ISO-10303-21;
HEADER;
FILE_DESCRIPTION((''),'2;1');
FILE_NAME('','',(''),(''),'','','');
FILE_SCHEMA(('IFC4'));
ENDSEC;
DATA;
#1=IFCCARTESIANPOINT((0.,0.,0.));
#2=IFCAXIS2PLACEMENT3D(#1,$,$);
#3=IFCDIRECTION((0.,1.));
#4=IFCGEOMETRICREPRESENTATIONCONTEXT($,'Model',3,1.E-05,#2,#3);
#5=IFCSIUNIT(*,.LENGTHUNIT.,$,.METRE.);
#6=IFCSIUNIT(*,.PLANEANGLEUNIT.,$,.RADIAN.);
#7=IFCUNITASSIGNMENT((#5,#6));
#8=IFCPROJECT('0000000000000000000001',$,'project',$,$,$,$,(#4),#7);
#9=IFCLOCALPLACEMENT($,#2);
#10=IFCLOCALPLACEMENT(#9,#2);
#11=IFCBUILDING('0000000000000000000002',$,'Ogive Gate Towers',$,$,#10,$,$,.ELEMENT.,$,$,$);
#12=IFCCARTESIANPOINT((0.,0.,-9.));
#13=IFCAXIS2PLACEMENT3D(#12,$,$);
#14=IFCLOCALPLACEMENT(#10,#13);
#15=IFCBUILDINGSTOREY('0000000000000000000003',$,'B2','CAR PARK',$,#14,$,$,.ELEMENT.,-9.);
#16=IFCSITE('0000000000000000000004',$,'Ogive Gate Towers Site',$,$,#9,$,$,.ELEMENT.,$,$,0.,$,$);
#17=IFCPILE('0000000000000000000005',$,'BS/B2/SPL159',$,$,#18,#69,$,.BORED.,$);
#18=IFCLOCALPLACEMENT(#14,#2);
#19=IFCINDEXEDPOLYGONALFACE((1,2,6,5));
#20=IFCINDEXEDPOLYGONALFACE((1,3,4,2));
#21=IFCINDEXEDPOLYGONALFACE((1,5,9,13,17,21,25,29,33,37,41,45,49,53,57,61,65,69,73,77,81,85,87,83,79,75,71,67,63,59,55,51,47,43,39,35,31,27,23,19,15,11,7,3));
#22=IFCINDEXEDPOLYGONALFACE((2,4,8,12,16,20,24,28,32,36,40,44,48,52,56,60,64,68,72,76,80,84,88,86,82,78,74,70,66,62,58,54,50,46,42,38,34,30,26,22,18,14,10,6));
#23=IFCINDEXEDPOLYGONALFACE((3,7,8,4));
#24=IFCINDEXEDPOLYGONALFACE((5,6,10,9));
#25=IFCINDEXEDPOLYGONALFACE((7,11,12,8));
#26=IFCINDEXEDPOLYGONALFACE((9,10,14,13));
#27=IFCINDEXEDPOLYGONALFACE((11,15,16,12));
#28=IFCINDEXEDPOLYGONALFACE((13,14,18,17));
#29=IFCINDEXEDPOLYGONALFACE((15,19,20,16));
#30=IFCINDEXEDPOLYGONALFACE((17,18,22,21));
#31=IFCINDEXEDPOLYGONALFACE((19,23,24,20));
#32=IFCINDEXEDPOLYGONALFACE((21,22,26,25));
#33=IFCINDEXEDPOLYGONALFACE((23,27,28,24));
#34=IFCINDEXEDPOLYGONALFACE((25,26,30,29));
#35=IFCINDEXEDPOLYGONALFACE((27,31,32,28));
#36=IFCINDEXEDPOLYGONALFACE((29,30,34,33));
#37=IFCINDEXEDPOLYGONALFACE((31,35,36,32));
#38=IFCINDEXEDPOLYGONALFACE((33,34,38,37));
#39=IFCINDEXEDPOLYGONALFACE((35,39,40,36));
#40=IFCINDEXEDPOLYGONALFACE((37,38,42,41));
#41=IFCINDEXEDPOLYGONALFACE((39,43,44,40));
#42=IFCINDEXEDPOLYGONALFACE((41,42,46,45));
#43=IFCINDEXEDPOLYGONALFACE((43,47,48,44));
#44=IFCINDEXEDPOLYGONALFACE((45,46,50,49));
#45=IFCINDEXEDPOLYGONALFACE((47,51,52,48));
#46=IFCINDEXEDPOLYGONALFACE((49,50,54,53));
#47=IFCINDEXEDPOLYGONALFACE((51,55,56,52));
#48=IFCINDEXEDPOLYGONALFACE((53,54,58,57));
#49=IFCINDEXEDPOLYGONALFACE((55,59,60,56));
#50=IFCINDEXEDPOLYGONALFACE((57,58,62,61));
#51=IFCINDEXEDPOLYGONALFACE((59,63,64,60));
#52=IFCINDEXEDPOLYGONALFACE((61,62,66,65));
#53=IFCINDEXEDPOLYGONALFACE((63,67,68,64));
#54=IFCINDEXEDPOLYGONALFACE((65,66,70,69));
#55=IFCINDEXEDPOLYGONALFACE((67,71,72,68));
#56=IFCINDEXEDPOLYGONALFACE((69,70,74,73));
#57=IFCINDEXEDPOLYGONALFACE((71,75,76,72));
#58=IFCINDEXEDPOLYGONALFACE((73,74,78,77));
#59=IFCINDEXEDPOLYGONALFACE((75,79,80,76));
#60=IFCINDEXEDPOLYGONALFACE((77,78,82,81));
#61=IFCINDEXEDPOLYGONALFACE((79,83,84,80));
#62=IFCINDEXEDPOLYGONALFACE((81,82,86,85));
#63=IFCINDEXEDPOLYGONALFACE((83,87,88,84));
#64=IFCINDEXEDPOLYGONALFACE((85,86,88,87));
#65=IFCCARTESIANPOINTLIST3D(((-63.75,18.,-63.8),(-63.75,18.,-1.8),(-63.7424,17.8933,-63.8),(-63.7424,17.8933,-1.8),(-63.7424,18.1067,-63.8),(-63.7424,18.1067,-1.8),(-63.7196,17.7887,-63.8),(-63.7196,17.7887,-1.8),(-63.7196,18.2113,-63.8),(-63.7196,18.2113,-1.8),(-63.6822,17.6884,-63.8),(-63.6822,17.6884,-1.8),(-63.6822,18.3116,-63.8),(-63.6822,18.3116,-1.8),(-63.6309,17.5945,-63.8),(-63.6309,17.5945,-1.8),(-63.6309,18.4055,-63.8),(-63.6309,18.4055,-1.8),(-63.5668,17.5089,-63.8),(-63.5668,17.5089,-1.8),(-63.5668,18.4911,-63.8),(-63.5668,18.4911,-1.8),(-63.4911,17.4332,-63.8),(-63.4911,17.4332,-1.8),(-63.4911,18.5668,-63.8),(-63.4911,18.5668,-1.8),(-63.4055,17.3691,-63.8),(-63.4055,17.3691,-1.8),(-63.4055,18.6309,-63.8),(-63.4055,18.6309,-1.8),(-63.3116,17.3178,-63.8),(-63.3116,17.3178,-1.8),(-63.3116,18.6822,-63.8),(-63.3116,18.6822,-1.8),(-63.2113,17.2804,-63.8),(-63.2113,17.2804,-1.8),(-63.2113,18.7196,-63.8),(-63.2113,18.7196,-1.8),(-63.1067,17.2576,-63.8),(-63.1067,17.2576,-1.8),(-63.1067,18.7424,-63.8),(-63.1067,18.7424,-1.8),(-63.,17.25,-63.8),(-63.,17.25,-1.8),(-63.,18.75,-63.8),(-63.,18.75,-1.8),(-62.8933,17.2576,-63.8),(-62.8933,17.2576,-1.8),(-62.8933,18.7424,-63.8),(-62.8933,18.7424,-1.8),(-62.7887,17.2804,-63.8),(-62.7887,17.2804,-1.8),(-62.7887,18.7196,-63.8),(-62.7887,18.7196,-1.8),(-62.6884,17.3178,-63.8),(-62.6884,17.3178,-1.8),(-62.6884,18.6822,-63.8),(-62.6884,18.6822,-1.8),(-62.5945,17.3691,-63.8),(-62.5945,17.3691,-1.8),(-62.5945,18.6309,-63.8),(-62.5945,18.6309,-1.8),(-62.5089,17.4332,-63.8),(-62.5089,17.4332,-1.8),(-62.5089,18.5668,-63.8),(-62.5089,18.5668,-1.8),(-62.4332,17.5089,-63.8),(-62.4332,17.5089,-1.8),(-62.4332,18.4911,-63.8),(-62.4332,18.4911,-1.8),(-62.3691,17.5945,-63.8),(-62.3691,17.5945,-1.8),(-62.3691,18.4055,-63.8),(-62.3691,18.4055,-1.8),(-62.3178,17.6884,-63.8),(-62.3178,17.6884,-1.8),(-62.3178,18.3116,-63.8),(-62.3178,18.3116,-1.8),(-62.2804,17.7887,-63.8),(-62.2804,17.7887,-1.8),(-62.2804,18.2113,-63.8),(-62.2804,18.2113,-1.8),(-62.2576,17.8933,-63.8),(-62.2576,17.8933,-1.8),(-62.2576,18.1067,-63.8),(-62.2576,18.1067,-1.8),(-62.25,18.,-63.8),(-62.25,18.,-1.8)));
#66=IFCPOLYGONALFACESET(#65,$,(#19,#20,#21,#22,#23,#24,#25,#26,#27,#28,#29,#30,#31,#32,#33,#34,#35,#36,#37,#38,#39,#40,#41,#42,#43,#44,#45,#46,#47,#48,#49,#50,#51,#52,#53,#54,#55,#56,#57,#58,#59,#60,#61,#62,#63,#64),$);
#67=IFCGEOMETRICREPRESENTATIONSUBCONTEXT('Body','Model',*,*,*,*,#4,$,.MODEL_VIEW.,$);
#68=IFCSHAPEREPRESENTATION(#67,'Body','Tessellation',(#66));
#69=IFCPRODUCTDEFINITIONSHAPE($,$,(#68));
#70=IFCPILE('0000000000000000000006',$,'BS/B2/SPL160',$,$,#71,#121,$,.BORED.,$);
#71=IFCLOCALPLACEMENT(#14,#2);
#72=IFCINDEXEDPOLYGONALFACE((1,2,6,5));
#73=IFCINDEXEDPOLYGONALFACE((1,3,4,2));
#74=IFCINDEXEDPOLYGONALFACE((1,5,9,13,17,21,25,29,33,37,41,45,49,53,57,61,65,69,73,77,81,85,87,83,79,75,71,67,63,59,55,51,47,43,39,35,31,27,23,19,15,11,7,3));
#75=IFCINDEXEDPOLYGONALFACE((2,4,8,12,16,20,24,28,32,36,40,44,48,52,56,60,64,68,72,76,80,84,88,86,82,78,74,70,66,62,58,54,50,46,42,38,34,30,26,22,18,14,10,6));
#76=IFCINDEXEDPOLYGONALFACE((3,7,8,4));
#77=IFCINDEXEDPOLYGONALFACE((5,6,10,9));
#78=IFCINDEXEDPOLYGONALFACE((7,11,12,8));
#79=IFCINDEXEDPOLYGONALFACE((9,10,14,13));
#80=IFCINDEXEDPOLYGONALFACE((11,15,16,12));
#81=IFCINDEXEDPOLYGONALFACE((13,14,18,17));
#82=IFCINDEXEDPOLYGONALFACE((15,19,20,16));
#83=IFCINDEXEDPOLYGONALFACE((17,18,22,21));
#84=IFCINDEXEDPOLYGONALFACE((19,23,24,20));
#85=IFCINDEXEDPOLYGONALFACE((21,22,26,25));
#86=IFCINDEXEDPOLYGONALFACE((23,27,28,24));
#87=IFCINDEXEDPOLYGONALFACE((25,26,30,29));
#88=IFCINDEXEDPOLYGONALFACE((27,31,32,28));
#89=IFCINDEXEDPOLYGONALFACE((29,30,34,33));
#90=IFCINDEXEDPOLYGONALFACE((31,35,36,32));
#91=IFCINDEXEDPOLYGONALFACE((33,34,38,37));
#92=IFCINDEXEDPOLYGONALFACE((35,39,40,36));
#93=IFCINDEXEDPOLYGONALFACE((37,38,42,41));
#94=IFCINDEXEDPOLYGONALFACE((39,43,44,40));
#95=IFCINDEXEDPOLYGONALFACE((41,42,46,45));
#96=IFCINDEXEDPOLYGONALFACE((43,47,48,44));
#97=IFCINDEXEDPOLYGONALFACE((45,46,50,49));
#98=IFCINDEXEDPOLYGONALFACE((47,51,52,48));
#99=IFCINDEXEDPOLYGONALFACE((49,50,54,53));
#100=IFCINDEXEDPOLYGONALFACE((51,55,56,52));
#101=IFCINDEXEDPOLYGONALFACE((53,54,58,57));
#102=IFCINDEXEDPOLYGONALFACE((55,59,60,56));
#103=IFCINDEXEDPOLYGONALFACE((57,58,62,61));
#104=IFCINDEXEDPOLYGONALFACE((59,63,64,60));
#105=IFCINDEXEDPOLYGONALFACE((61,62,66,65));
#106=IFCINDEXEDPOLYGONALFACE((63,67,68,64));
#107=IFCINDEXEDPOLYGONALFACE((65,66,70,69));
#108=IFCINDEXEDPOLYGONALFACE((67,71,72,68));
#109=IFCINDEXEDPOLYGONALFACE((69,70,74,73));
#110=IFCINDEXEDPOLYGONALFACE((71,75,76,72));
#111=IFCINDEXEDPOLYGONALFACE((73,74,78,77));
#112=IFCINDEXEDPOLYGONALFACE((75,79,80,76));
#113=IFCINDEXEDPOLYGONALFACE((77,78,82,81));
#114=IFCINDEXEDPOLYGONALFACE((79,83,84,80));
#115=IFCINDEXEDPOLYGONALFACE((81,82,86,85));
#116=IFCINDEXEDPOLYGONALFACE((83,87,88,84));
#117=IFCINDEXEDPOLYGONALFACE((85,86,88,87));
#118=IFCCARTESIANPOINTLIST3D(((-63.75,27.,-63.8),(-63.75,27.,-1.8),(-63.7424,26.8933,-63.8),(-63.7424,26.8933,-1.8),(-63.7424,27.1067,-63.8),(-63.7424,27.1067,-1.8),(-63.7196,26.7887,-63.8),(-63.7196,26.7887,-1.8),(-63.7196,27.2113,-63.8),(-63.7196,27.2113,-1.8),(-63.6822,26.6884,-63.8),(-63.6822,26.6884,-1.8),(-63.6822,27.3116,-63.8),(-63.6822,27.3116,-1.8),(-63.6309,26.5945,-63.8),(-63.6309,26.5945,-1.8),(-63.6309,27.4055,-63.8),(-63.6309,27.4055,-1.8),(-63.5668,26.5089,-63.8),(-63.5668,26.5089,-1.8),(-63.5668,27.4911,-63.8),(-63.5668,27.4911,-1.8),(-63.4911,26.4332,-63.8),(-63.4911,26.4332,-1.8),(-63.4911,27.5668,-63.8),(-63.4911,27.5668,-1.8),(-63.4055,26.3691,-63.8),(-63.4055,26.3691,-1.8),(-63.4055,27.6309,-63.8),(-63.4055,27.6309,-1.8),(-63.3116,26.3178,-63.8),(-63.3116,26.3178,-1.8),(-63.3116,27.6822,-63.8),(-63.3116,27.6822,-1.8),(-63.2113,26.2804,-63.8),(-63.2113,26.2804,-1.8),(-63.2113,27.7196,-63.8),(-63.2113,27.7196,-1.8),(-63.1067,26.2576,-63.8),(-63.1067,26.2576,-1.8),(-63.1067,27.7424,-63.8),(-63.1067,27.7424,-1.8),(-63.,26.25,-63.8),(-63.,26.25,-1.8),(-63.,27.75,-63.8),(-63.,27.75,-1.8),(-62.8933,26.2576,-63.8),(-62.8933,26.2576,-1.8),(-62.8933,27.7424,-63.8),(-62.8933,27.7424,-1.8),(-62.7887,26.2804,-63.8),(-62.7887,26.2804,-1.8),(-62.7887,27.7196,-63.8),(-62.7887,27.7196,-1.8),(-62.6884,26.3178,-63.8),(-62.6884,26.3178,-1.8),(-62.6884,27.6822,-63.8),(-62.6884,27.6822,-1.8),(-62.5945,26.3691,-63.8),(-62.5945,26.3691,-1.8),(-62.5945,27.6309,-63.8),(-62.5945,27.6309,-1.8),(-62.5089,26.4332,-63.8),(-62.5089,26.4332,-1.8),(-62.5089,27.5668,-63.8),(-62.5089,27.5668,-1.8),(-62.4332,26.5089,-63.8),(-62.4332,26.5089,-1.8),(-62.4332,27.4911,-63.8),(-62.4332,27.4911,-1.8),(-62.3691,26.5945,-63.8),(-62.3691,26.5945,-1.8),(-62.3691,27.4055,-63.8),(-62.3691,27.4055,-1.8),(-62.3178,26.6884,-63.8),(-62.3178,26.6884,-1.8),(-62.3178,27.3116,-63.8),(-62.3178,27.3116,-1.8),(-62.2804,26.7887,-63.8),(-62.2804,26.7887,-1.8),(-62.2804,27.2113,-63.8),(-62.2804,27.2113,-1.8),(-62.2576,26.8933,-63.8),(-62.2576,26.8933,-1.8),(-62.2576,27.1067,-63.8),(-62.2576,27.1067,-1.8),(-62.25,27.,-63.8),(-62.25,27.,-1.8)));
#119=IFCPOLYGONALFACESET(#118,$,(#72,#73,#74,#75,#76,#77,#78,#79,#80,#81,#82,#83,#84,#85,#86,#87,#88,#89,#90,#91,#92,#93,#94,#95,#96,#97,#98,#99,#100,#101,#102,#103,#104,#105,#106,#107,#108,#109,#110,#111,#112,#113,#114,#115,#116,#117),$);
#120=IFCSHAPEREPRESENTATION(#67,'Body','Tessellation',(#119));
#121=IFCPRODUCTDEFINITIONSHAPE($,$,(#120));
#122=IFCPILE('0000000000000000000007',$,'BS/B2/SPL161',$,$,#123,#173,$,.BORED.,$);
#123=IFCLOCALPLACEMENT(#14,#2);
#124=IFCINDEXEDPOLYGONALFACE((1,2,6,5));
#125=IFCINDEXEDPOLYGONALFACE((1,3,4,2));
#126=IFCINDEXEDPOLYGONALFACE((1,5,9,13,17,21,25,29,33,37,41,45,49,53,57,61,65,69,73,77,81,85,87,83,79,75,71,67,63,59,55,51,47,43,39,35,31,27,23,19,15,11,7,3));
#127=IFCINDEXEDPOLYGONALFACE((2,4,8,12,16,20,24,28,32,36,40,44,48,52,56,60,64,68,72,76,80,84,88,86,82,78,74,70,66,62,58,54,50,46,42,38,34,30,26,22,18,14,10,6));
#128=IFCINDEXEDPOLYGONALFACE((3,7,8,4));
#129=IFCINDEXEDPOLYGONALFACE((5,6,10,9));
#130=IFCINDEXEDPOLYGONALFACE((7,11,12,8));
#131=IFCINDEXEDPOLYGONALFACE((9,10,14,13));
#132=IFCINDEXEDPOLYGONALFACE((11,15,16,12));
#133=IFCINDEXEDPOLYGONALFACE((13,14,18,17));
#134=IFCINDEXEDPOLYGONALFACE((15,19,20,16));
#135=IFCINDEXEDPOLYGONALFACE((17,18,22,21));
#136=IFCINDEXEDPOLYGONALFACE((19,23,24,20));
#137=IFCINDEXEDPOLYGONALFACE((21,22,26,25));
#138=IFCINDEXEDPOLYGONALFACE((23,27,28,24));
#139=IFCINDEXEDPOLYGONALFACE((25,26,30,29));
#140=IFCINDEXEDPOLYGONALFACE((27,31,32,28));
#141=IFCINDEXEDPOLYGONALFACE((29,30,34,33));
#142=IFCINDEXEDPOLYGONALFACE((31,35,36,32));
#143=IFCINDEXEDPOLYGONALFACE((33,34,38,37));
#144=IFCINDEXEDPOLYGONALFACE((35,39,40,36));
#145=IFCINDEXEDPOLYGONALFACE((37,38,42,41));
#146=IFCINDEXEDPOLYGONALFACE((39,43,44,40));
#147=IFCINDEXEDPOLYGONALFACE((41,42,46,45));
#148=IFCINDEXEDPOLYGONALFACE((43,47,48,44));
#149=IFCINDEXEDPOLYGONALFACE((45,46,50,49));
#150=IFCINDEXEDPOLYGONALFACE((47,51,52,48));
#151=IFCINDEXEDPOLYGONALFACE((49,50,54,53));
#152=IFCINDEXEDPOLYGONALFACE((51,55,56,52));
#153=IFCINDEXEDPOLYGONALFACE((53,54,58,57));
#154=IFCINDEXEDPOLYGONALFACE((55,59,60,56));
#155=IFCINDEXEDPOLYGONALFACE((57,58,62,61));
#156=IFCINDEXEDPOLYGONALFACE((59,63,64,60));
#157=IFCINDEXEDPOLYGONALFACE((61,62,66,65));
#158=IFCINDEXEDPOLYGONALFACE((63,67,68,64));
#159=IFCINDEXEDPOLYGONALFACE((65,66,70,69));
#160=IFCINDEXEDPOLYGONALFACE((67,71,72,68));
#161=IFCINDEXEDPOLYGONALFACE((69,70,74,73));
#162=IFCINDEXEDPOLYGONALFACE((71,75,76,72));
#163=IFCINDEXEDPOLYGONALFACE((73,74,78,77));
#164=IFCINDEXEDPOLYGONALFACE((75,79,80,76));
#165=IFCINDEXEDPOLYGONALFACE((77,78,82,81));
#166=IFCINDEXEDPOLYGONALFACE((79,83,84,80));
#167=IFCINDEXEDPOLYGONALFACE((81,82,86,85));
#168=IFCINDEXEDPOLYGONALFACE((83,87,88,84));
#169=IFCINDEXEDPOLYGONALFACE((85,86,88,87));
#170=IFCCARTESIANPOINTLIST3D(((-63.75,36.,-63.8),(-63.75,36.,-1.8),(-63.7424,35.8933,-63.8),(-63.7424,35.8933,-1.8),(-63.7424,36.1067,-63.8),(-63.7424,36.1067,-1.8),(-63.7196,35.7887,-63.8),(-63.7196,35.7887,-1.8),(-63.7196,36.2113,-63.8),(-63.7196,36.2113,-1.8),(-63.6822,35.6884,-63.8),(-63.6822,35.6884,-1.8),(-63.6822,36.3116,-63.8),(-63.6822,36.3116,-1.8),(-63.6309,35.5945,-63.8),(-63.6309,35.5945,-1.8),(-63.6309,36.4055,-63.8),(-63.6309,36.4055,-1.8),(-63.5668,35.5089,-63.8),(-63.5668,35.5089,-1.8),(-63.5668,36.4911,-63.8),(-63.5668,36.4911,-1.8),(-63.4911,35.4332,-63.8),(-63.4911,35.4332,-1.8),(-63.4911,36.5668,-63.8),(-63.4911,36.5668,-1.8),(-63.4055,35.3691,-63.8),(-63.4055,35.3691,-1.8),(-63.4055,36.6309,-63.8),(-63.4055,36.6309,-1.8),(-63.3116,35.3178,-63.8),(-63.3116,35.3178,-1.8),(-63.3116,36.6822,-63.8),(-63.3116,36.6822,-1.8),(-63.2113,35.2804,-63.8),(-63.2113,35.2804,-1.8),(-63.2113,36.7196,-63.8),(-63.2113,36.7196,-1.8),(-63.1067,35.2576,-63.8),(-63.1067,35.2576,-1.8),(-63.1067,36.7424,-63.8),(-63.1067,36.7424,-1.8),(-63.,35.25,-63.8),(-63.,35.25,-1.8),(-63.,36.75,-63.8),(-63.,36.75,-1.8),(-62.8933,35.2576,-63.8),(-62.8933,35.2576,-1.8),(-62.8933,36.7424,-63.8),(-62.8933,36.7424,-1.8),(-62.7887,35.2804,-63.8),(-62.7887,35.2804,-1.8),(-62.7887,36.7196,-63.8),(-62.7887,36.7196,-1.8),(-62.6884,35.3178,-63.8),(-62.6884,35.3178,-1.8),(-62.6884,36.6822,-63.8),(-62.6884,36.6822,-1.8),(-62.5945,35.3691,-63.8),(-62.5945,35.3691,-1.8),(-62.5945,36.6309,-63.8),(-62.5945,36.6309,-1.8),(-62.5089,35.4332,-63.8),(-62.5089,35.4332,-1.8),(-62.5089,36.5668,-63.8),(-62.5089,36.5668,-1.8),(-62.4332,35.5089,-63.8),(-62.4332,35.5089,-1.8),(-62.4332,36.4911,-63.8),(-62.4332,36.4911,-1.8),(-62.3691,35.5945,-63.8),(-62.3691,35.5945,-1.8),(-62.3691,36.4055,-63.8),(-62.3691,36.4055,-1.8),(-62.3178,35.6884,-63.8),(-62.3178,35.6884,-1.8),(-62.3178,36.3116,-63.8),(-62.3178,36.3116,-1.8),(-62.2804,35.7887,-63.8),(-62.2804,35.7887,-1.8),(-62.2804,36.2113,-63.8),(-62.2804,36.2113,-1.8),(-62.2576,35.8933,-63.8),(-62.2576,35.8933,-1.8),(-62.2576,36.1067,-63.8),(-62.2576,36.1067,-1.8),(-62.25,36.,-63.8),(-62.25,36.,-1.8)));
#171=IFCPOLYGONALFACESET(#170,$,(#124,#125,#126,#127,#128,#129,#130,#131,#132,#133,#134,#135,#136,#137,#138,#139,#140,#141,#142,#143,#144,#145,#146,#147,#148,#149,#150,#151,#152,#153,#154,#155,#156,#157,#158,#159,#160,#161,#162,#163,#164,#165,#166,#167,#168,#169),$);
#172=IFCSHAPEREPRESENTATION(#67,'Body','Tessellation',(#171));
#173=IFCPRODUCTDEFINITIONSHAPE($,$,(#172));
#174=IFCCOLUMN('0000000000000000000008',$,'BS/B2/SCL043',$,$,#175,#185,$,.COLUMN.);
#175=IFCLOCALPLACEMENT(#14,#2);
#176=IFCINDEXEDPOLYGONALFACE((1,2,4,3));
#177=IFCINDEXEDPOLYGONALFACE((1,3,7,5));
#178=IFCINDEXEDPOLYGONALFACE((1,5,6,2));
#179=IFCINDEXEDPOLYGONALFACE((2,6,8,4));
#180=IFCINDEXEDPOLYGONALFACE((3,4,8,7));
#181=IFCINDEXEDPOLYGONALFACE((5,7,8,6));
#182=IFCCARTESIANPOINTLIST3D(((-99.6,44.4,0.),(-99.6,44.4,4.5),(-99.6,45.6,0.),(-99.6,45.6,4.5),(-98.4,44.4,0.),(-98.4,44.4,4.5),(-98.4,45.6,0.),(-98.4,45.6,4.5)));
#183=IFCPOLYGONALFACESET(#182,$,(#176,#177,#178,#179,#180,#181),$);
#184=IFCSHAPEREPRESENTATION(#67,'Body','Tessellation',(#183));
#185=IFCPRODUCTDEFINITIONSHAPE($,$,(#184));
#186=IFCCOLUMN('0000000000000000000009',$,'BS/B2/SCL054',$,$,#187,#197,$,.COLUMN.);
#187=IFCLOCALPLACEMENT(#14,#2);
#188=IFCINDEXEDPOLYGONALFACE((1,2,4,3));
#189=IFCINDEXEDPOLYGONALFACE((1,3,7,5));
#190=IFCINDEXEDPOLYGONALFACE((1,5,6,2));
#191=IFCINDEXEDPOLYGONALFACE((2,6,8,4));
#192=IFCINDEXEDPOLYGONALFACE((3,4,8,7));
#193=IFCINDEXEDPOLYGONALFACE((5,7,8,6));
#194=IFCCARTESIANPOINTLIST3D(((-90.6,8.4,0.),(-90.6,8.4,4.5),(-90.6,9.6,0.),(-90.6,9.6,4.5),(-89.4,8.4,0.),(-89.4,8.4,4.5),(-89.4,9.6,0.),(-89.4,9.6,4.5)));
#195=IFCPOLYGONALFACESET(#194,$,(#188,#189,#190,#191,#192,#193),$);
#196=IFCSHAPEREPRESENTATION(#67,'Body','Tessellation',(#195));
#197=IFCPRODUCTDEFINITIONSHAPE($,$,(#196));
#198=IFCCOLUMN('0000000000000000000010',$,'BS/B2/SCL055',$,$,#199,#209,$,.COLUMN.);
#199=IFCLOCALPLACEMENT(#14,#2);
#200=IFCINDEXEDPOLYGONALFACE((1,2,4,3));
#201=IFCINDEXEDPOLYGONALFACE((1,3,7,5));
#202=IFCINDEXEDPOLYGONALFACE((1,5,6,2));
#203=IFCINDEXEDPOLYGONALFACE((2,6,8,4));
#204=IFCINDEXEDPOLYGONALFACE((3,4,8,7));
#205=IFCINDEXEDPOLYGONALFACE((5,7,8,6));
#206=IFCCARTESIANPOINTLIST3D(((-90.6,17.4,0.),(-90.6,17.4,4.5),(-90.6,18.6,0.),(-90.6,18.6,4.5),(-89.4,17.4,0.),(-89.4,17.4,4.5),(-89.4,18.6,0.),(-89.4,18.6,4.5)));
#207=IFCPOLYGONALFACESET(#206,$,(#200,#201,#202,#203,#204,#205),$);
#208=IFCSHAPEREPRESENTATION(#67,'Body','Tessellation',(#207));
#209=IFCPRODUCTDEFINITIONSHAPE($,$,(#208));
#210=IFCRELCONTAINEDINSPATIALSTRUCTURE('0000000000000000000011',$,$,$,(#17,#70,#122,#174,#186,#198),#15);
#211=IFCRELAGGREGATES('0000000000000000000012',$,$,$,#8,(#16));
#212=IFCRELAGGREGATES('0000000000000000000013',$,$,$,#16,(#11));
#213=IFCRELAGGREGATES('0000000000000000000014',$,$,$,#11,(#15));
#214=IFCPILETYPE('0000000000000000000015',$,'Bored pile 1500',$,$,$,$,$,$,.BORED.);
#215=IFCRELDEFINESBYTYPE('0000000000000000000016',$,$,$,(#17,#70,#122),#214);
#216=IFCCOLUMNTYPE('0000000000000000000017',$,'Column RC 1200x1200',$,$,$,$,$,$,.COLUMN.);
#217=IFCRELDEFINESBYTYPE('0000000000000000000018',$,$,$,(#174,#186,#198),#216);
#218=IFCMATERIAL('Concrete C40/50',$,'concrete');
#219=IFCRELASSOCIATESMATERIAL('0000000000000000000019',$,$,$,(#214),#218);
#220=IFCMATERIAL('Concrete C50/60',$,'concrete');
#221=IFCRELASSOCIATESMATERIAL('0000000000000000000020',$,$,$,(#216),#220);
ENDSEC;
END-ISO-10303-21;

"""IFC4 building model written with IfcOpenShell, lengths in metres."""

from ifc_helpers import new_model, si_unit, direction, frame, origin, origin_2d, place, context, subcontext, project, spatial, rectangle, circle, extrude, material, material_profile, profile_set, type_object, element, save


model = new_model("IFC4")

# Units and contexts
model_context = context("Model", 3, precision=1e-05, world=origin(), true_north=direction((0.0, 1.0)))
body_context = subcontext(model_context, "Body", "Model", "MODEL_VIEW")
ifc_project = project(units=[si_unit("LENGTHUNIT", "METRE"), si_unit("PLANEANGLEUNIT", "RADIAN")], contexts=[model_context])

# Site, building, storey
site_placement = place(None, origin())
site = spatial("IfcSite", under=ifc_project, at=site_placement, Name="Ogive Gate Towers Site", CompositionType="ELEMENT", RefElevation=0.0)
building_placement = place(site_placement, origin())
building = spatial("IfcBuilding", under=site, at=building_placement, Name="Ogive Gate Towers", CompositionType="ELEMENT")
storey_placement = place(building_placement, frame((0.0, 0.0, -9.0)))
storey = spatial("IfcBuildingStorey", under=building, at=storey_placement, Name="B2", Description="CAR PARK", CompositionType="ELEMENT", Elevation=-9.0)

# Piles
ifc_material_1 = material(Name="Concrete C40/50", Category="concrete")
ifc_material_profile_1 = material_profile(ifc_material_1, circle(Radius=0.75, at=origin_2d()), Name="BP 1500")
ifc_profile_set_1 = profile_set([ifc_material_profile_1], Name="Concrete C40/50")
pile_type = type_object("IfcPileType", Name="Bored pile 1500", PredefinedType="BORED", material=ifc_profile_set_1)
for number, where, z_axis, x_axis, name in (
    (1, (-63.0, 18.0, -1.8), (0.0, 0.0, -1.0), (1.0, 0.0, 0.0), "BS/B2/SPL159"),
    (2, (-63.0, 27.0, -1.8), (0.0, 0.0, -1.0), (1.0, 0.0, 0.0), "BS/B2/SPL160"),
    (3, (-63.0, 36.0, -1.8), (0.0, 0.0, -1.0), (1.0, 0.0, 0.0), "BS/B2/SPL161"),
):
    element("IfcPile", number, at=place(storey_placement, frame(where, z_axis=z_axis, x_axis=x_axis)), inside=storey, type_object=pile_type, Name=name, PredefinedType="BORED", context=body_context, shape_type="SweptSolid", body=[
        extrude(circle(Radius=0.75, at=origin_2d()), origin(), (0.0, 0.0, 1.0), 62.0),
    ])

# Columns
ifc_material_2 = material(Name="Concrete C50/60", Category="concrete")
ifc_material_profile_2 = material_profile(ifc_material_2, rectangle(XDim=1.2, YDim=1.2, at=origin_2d()), Name="RC 1200x1200")
ifc_profile_set_2 = profile_set([ifc_material_profile_2], Name="Concrete C50/60")
column_type = type_object("IfcColumnType", Name="Column RC 1200x1200", PredefinedType="COLUMN", material=ifc_profile_set_2)
for number, where, z_axis, x_axis, name in (
    (4, (-99.0, 45.0, 0.0), (0.0, 0.0, 1.0), (1.0, 0.0, 0.0), "BS/B2/SCL043"),
    (5, (-90.0, 9.0, 0.0), (0.0, 0.0, 1.0), (1.0, 0.0, 0.0), "BS/B2/SCL054"),
    (6, (-90.0, 18.0, 0.0), (0.0, 0.0, 1.0), (1.0, 0.0, 0.0), "BS/B2/SCL055"),
):
    element("IfcColumn", number, at=place(storey_placement, frame(where, z_axis=z_axis, x_axis=x_axis)), inside=storey, type_object=column_type, Name=name, PredefinedType="COLUMN", context=body_context, shape_type="SweptSolid", body=[
        extrude(rectangle(XDim=1.2, YDim=1.2, at=origin_2d()), origin(), (0.0, 0.0, 1.0), 4.5),
    ])

save(model, "model.ifc")
